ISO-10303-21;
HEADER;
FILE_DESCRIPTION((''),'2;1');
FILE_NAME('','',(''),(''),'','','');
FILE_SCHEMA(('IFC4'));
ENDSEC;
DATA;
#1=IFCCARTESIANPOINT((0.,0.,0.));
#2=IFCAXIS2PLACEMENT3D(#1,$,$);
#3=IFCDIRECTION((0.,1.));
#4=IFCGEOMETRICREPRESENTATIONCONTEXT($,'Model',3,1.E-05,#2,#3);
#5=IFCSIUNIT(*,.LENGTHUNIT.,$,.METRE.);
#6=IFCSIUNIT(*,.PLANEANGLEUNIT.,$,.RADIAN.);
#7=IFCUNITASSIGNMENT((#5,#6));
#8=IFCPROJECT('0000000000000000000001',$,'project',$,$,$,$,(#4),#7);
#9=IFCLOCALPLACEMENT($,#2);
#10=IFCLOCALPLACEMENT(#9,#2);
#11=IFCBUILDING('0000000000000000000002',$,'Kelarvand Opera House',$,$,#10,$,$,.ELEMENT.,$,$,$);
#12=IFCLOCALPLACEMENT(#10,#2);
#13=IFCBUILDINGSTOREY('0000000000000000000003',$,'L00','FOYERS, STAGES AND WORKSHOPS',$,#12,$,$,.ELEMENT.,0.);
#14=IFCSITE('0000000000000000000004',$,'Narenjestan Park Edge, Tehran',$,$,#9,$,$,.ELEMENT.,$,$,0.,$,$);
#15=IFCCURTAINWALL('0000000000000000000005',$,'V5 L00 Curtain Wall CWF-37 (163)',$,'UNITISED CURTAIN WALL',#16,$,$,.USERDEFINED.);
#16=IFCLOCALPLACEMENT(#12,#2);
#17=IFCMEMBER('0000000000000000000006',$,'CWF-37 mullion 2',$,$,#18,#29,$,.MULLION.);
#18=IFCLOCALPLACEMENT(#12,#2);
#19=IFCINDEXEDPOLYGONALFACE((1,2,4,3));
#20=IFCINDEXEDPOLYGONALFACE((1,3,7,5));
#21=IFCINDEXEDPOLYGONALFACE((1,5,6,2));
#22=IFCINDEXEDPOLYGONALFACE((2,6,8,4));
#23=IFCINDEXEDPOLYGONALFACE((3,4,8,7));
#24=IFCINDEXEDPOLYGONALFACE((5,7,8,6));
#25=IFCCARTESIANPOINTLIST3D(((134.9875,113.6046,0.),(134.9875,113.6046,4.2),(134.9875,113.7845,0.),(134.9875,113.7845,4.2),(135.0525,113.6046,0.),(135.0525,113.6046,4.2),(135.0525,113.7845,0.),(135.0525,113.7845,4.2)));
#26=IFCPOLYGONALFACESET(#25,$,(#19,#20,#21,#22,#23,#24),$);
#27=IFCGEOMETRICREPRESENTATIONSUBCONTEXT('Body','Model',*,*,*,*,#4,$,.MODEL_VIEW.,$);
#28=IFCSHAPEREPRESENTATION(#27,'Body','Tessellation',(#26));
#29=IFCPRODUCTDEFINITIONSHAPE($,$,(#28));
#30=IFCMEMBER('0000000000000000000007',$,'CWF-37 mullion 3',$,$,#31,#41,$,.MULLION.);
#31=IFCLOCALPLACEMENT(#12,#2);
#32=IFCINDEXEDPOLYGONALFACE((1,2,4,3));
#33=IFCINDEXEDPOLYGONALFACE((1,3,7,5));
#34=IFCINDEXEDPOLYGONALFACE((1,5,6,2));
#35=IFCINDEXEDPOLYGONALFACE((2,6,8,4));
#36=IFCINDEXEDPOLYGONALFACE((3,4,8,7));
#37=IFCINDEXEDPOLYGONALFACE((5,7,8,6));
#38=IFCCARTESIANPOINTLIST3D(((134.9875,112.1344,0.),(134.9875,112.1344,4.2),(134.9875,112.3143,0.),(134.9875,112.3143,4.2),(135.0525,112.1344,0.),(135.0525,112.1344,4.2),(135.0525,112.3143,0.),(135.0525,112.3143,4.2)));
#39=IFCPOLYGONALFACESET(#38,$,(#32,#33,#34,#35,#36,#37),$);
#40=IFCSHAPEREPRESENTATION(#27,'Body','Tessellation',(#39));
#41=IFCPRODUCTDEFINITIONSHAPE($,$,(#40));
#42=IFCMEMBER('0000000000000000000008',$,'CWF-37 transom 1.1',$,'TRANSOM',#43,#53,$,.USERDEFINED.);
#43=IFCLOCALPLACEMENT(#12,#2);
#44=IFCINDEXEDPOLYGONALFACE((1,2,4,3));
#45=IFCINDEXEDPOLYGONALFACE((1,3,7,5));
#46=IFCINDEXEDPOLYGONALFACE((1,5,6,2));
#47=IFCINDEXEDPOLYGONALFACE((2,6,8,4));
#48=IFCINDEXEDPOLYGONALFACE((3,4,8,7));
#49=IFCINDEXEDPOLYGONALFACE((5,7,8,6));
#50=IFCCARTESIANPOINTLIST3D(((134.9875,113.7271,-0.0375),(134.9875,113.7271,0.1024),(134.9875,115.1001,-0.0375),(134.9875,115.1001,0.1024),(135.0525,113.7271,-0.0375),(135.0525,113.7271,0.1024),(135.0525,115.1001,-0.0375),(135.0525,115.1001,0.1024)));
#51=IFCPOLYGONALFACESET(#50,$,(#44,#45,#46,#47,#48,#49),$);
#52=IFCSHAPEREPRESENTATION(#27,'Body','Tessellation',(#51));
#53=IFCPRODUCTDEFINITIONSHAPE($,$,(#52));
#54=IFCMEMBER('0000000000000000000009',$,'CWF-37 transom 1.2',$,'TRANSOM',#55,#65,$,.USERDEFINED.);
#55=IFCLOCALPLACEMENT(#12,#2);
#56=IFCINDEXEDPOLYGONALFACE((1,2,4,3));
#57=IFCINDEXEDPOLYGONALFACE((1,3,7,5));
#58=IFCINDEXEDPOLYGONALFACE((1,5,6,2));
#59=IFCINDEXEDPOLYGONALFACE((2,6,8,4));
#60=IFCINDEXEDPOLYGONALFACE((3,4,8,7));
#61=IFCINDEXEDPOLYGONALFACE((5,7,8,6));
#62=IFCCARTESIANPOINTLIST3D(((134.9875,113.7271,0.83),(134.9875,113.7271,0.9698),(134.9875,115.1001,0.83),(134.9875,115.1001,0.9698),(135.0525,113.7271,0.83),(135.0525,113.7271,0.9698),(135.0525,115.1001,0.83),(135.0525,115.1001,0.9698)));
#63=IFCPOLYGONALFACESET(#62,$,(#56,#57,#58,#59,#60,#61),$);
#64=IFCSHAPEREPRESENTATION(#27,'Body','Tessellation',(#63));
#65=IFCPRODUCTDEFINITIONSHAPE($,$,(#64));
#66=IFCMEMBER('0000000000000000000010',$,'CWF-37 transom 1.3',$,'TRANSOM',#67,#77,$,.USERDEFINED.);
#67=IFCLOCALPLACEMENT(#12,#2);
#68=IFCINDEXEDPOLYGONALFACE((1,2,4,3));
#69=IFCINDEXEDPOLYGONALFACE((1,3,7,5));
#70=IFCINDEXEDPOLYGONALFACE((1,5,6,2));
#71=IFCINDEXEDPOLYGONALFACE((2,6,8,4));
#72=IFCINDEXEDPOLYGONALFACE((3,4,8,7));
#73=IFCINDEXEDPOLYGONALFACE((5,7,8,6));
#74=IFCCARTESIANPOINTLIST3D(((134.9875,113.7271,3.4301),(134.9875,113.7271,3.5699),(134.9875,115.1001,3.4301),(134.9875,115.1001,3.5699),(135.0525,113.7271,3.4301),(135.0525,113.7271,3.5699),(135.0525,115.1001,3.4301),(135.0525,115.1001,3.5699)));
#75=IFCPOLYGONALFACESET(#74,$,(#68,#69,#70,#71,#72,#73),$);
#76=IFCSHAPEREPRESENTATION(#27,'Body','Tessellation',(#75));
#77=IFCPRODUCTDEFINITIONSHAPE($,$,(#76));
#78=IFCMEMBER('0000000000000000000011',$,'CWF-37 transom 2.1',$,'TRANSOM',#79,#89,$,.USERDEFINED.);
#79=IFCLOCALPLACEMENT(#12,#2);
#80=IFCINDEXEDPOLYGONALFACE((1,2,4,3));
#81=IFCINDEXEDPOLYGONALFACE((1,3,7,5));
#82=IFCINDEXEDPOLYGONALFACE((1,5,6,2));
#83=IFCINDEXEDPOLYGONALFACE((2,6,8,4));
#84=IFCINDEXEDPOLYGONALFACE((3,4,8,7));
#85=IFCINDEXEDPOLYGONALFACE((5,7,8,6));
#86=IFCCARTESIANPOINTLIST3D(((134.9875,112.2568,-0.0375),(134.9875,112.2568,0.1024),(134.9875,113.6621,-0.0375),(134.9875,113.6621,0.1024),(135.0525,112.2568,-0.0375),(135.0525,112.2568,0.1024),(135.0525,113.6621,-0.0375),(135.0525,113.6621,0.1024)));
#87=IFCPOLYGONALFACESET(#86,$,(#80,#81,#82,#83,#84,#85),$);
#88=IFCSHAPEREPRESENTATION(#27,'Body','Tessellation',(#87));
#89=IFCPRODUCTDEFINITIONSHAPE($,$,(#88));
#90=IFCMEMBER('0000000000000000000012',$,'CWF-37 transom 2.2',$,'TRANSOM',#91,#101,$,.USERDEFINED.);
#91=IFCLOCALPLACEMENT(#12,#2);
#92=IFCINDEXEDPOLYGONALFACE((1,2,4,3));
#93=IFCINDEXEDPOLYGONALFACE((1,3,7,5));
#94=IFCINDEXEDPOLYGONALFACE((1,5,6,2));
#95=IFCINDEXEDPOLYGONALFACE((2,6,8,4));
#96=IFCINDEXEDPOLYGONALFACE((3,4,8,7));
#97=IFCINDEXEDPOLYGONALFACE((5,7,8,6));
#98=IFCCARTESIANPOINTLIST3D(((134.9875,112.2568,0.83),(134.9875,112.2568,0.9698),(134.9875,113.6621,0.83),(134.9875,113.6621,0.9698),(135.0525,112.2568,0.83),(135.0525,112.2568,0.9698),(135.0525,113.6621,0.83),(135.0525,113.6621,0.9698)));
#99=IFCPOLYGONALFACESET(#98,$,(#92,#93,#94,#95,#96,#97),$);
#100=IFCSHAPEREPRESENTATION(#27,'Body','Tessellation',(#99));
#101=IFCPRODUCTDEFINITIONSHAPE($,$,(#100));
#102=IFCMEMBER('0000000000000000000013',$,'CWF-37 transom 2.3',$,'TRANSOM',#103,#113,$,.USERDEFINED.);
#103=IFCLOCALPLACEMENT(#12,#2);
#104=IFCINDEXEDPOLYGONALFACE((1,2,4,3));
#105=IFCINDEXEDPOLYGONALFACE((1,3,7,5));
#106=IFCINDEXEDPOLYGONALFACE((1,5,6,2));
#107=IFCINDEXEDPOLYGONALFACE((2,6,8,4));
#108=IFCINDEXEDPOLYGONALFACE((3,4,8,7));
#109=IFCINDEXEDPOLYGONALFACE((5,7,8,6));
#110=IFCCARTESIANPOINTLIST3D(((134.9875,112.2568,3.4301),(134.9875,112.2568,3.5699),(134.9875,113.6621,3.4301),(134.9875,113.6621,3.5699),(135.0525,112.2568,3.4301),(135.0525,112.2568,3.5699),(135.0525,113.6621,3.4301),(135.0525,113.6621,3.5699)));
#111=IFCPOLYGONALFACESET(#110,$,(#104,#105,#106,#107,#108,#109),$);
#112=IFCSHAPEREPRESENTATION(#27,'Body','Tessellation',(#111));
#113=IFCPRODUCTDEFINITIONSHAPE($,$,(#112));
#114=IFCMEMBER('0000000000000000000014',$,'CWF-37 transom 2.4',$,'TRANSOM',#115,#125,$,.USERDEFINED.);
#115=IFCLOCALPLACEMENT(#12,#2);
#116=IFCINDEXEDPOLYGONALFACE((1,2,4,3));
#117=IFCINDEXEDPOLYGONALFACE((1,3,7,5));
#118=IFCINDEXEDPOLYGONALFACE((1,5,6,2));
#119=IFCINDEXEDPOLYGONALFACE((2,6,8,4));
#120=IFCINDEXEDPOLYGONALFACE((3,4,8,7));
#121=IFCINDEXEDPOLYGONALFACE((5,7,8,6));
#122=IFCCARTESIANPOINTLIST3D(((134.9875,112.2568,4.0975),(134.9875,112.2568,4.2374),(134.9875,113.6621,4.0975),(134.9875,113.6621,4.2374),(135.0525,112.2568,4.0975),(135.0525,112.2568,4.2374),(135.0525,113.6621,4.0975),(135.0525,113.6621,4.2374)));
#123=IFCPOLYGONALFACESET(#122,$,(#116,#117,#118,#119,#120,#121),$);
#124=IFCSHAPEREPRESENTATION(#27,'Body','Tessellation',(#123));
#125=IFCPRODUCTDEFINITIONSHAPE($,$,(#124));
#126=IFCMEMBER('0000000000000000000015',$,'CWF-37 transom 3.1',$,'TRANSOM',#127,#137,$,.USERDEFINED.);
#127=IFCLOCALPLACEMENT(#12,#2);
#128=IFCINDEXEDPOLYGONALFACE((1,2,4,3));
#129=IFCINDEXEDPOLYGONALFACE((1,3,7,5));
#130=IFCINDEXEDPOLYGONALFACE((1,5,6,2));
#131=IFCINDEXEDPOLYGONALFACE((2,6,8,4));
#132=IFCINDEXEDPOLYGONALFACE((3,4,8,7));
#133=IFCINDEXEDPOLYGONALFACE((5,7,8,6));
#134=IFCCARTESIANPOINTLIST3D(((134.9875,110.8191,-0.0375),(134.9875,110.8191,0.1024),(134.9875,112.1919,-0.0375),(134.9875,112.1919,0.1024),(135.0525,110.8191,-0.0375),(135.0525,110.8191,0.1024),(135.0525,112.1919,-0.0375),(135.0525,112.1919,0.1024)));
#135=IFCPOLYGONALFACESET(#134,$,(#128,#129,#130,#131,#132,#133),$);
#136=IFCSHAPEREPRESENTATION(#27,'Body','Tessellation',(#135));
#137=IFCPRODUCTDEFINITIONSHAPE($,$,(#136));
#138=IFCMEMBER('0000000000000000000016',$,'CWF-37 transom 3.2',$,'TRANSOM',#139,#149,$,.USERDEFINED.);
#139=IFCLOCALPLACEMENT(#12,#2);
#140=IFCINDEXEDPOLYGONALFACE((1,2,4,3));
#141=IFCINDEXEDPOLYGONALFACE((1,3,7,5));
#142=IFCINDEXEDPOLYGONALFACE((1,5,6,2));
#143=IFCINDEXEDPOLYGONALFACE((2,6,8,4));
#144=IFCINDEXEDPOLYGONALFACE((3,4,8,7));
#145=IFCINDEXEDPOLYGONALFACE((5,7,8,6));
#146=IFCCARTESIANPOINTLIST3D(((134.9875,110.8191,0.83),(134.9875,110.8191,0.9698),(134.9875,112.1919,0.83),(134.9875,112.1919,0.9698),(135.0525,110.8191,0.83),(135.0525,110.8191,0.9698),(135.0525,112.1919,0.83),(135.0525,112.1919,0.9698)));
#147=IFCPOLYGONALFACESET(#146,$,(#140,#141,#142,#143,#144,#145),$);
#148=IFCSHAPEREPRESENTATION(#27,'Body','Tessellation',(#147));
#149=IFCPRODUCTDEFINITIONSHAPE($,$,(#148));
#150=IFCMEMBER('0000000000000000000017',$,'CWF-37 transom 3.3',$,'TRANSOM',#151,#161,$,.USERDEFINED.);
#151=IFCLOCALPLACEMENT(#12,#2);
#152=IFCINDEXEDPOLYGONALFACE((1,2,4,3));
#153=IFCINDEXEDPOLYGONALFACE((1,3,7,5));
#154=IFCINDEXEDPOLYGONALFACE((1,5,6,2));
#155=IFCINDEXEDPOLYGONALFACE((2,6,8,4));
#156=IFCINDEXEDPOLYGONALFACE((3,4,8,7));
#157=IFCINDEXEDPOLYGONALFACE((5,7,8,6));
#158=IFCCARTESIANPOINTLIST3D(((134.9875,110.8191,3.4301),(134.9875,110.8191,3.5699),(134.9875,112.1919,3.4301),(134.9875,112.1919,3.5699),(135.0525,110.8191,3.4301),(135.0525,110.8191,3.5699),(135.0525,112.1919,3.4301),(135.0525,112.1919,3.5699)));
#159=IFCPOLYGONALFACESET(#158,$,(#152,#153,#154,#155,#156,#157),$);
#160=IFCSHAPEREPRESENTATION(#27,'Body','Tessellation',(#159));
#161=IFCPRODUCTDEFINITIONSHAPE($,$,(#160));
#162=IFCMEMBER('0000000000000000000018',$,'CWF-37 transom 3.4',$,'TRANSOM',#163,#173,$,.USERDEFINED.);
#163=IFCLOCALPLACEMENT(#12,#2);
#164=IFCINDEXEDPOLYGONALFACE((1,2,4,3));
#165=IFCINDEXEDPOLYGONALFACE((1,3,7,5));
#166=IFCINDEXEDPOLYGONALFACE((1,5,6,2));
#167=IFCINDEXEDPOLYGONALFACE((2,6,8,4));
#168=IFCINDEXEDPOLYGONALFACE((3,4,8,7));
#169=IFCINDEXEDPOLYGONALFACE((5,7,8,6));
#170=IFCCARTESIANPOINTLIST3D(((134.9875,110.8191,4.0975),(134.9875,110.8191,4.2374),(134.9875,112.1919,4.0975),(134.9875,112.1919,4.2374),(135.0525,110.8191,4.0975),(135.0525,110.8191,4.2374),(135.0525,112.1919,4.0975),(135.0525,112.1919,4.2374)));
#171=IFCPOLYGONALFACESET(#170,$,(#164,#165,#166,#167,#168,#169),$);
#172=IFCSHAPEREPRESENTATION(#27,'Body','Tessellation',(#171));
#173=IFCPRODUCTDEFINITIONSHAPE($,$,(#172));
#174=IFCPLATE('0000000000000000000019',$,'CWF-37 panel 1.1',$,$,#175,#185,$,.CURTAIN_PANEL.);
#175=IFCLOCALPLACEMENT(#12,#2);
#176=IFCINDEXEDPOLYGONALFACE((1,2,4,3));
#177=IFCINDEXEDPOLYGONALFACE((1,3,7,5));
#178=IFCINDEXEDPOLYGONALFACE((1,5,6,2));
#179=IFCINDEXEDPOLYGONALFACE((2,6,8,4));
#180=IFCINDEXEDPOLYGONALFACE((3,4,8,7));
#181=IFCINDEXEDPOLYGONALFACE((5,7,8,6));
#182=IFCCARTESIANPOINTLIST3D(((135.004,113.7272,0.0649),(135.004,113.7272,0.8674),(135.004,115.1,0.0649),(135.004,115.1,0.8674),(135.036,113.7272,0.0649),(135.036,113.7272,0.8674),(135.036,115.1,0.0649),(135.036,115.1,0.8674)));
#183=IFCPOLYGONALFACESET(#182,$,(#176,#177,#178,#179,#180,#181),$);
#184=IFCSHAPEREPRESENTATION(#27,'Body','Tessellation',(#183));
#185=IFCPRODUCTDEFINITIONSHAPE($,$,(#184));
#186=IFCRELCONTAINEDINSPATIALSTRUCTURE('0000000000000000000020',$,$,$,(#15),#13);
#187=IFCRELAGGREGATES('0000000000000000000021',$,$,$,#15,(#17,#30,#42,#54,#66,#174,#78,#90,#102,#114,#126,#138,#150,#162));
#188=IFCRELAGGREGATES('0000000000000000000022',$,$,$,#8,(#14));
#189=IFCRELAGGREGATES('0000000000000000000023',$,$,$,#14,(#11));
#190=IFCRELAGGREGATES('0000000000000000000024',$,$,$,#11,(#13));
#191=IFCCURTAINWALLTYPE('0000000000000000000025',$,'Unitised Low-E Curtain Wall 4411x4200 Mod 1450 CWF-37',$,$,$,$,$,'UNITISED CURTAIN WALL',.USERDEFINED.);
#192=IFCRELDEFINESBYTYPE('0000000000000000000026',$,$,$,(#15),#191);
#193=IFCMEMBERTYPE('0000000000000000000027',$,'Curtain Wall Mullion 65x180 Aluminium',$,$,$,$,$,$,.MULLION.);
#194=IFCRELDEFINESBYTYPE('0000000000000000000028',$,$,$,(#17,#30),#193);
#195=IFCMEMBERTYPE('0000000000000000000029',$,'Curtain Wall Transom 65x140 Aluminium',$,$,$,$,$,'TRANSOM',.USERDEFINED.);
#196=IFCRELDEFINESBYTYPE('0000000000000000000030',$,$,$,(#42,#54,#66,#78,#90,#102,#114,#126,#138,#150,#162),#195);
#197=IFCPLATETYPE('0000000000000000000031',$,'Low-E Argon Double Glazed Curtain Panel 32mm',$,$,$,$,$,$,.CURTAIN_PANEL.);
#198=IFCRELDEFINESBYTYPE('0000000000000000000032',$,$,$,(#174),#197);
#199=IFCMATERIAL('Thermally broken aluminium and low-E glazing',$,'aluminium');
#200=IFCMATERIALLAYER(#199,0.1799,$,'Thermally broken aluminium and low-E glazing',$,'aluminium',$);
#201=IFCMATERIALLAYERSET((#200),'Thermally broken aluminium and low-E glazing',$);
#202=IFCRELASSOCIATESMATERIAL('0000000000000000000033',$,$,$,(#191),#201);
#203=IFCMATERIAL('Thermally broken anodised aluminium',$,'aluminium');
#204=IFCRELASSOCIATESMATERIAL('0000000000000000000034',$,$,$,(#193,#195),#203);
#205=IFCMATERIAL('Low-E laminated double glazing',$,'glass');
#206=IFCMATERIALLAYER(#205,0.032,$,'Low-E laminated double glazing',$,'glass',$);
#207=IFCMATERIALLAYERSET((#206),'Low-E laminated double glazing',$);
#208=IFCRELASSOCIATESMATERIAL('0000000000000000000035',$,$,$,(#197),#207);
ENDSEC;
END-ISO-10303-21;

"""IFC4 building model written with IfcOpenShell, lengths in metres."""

from ifc_helpers import new_model, si_unit, direction, frame, origin, origin_2d, place, context, subcontext, project, spatial, rectangle, extrude, material, layer, layer_set, material_profile, profile_set, type_object, element, aggregate, save


model = new_model("IFC4")

# Units and contexts
model_context = context("Model", 3, precision=1e-05, world=origin(), true_north=direction((0.0, 1.0)))
body_context = subcontext(model_context, "Body", "Model", "MODEL_VIEW")
ifc_project = project(units=[si_unit("LENGTHUNIT", "METRE"), si_unit("PLANEANGLEUNIT", "RADIAN")], contexts=[model_context])

# Site, building, storey
site_placement = place(None, origin())
site = spatial("IfcSite", under=ifc_project, at=site_placement, Name="Narenjestan Park Edge, Tehran", CompositionType="ELEMENT", RefElevation=0.0)
building_placement = place(site_placement, origin())
building = spatial("IfcBuilding", under=site, at=building_placement, Name="Kelarvand Opera House", CompositionType="ELEMENT")
storey_placement = place(building_placement, origin())
storey = spatial("IfcBuildingStorey", under=building, at=storey_placement, Name="L00", Description="FOYERS, STAGES AND WORKSHOPS", CompositionType="ELEMENT", Elevation=0.0)

# Curtain wall, members, plate
ifc_material_1 = material(Name="Thermally broken aluminium and low-E glazing", Category="aluminium")
ifc_layer_1 = layer(ifc_material_1, 0.1799, Name="Thermally broken aluminium and low-E glazing", Category="aluminium")
ifc_layer_set_1 = layer_set([ifc_layer_1], Name="Thermally broken aluminium and low-E glazing")
curtain_wall_type = type_object("IfcCurtainWallType", Name="Unitised Low-E Curtain Wall 4411x4200 Mod 1450 CWF-37", ElementType="UNITISED CURTAIN WALL", PredefinedType="USERDEFINED", material=ifc_layer_set_1)
curtain_wall_placement = place(storey_placement, origin())
curtain_wall = element("IfcCurtainWall", 1, at=curtain_wall_placement, inside=storey, type_object=curtain_wall_type, Name="V5 L00 Curtain Wall CWF-37 (163)", ObjectType="UNITISED CURTAIN WALL", PredefinedType="USERDEFINED")
ifc_material_2 = material(Name="Thermally broken anodised aluminium", Category="aluminium")
ifc_material_profile_1 = material_profile(ifc_material_2, rectangle(XDim=0.0649, YDim=0.1799, at=origin_2d()), Name="ALU MULLION 65x180", Category="aluminium")
ifc_profile_set_1 = profile_set([ifc_material_profile_1], Name="Thermally broken anodised aluminium")
member_type_1 = type_object("IfcMemberType", Name="Curtain Wall Mullion 65x180 Aluminium", PredefinedType="MULLION", material=ifc_profile_set_1)
member_1_placement = place(storey_placement, frame((135.02, 113.6946, 0.0), z_axis=(0.0, 0.0, 1.0), x_axis=(1.0, 0.0, 0.0)))
member_1 = element("IfcMember", 2, at=member_1_placement, type_object=member_type_1, Name="CWF-37 mullion 2", PredefinedType="MULLION", context=body_context, shape_type="SweptSolid", body=[
    extrude(rectangle(XDim=0.0649, YDim=0.1799, at=origin_2d()), origin(), (0.0, 0.0, 1.0), 4.2),
])
member_2_placement = place(storey_placement, frame((135.02, 112.2244, 0.0), z_axis=(0.0, 0.0, 1.0), x_axis=(1.0, 0.0, 0.0)))
member_2 = element("IfcMember", 3, at=member_2_placement, type_object=member_type_1, Name="CWF-37 mullion 3", PredefinedType="MULLION", context=body_context, shape_type="SweptSolid", body=[
    extrude(rectangle(XDim=0.0649, YDim=0.1799, at=origin_2d()), origin(), (0.0, 0.0, 1.0), 4.2),
])
ifc_material_profile_2 = material_profile(ifc_material_2, rectangle(XDim=0.0649, YDim=0.1399, at=origin_2d()), Name="ALU TRANSOM 65x140", Category="aluminium")
ifc_profile_set_2 = profile_set([ifc_material_profile_2], Name="Thermally broken anodised aluminium")
member_type_2 = type_object("IfcMemberType", Name="Curtain Wall Transom 65x140 Aluminium", ElementType="TRANSOM", PredefinedType="USERDEFINED", material=ifc_profile_set_2)
member_3_placement = place(storey_placement, frame((135.02, 115.1001, 0.0325), z_axis=(0.0, -1.0, 0.0), x_axis=(1.0, 0.0, 0.0)))
member_3 = element("IfcMember", 4, at=member_3_placement, type_object=member_type_2, Name="CWF-37 transom 1.1", ObjectType="TRANSOM", PredefinedType="USERDEFINED", context=body_context, shape_type="SweptSolid", body=[
    extrude(rectangle(XDim=0.0649, YDim=0.1399, at=origin_2d()), origin(), (0.0, 0.0, 1.0), 1.373),
])
member_4_placement = place(storey_placement, frame((135.02, 115.1001, 0.8999), z_axis=(0.0, -1.0, 0.0), x_axis=(1.0, 0.0, 0.0)))
member_4 = element("IfcMember", 5, at=member_4_placement, type_object=member_type_2, Name="CWF-37 transom 1.2", ObjectType="TRANSOM", PredefinedType="USERDEFINED", context=body_context, shape_type="SweptSolid", body=[
    extrude(rectangle(XDim=0.0649, YDim=0.1399, at=origin_2d()), origin(), (0.0, 0.0, 1.0), 1.373),
])
member_5_placement = place(storey_placement, frame((135.02, 115.1001, 3.5), z_axis=(0.0, -1.0, 0.0), x_axis=(1.0, 0.0, 0.0)))
member_5 = element("IfcMember", 6, at=member_5_placement, type_object=member_type_2, Name="CWF-37 transom 1.3", ObjectType="TRANSOM", PredefinedType="USERDEFINED", context=body_context, shape_type="SweptSolid", body=[
    extrude(rectangle(XDim=0.0649, YDim=0.1399, at=origin_2d()), origin(), (0.0, 0.0, 1.0), 1.373),
])
member_6_placement = place(storey_placement, frame((135.02, 113.6621, 0.0325), z_axis=(0.0, -1.0, 0.0), x_axis=(1.0, 0.0, 0.0)))
member_6 = element("IfcMember", 7, at=member_6_placement, type_object=member_type_2, Name="CWF-37 transom 2.1", ObjectType="TRANSOM", PredefinedType="USERDEFINED", context=body_context, shape_type="SweptSolid", body=[
    extrude(rectangle(XDim=0.0649, YDim=0.1399, at=origin_2d()), origin(), (0.0, 0.0, 1.0), 1.4053),
])
member_7_placement = place(storey_placement, frame((135.02, 113.6621, 0.8999), z_axis=(0.0, -1.0, 0.0), x_axis=(1.0, 0.0, 0.0)))
member_7 = element("IfcMember", 8, at=member_7_placement, type_object=member_type_2, Name="CWF-37 transom 2.2", ObjectType="TRANSOM", PredefinedType="USERDEFINED", context=body_context, shape_type="SweptSolid", body=[
    extrude(rectangle(XDim=0.0649, YDim=0.1399, at=origin_2d()), origin(), (0.0, 0.0, 1.0), 1.4053),
])
member_8_placement = place(storey_placement, frame((135.02, 113.6621, 3.5), z_axis=(0.0, -1.0, 0.0), x_axis=(1.0, 0.0, 0.0)))
member_8 = element("IfcMember", 9, at=member_8_placement, type_object=member_type_2, Name="CWF-37 transom 2.3", ObjectType="TRANSOM", PredefinedType="USERDEFINED", context=body_context, shape_type="SweptSolid", body=[
    extrude(rectangle(XDim=0.0649, YDim=0.1399, at=origin_2d()), origin(), (0.0, 0.0, 1.0), 1.4053),
])
member_9_placement = place(storey_placement, frame((135.02, 113.6621, 4.1675), z_axis=(0.0, -1.0, 0.0), x_axis=(1.0, 0.0, 0.0)))
member_9 = element("IfcMember", 10, at=member_9_placement, type_object=member_type_2, Name="CWF-37 transom 2.4", ObjectType="TRANSOM", PredefinedType="USERDEFINED", context=body_context, shape_type="SweptSolid", body=[
    extrude(rectangle(XDim=0.0649, YDim=0.1399, at=origin_2d()), origin(), (0.0, 0.0, 1.0), 1.4053),
])
member_10_placement = place(storey_placement, frame((135.02, 112.1919, 0.0325), z_axis=(0.0, -1.0, 0.0), x_axis=(1.0, 0.0, 0.0)))
member_10 = element("IfcMember", 11, at=member_10_placement, type_object=member_type_2, Name="CWF-37 transom 3.1", ObjectType="TRANSOM", PredefinedType="USERDEFINED", context=body_context, shape_type="SweptSolid", body=[
    extrude(rectangle(XDim=0.0649, YDim=0.1399, at=origin_2d()), origin(), (0.0, 0.0, 1.0), 1.3728),
])
member_11_placement = place(storey_placement, frame((135.02, 112.1919, 0.8999), z_axis=(0.0, -1.0, 0.0), x_axis=(1.0, 0.0, 0.0)))
member_11 = element("IfcMember", 12, at=member_11_placement, type_object=member_type_2, Name="CWF-37 transom 3.2", ObjectType="TRANSOM", PredefinedType="USERDEFINED", context=body_context, shape_type="SweptSolid", body=[
    extrude(rectangle(XDim=0.0649, YDim=0.1399, at=origin_2d()), origin(), (0.0, 0.0, 1.0), 1.3728),
])
member_12_placement = place(storey_placement, frame((135.02, 112.1919, 3.5), z_axis=(0.0, -1.0, 0.0), x_axis=(1.0, 0.0, 0.0)))
member_12 = element("IfcMember", 13, at=member_12_placement, type_object=member_type_2, Name="CWF-37 transom 3.3", ObjectType="TRANSOM", PredefinedType="USERDEFINED", context=body_context, shape_type="SweptSolid", body=[
    extrude(rectangle(XDim=0.0649, YDim=0.1399, at=origin_2d()), origin(), (0.0, 0.0, 1.0), 1.3728),
])
member_13_placement = place(storey_placement, frame((135.02, 112.1919, 4.1675), z_axis=(0.0, -1.0, 0.0), x_axis=(1.0, 0.0, 0.0)))
member_13 = element("IfcMember", 14, at=member_13_placement, type_object=member_type_2, Name="CWF-37 transom 3.4", ObjectType="TRANSOM", PredefinedType="USERDEFINED", context=body_context, shape_type="SweptSolid", body=[
    extrude(rectangle(XDim=0.0649, YDim=0.1399, at=origin_2d()), origin(), (0.0, 0.0, 1.0), 1.3728),
])
ifc_material_3 = material(Name="Low-E laminated double glazing", Category="glass")
ifc_layer_2 = layer(ifc_material_3, 0.032, Name="Low-E laminated double glazing", Category="glass")
ifc_layer_set_2 = layer_set([ifc_layer_2], Name="Low-E laminated double glazing")
plate_type = type_object("IfcPlateType", Name="Low-E Argon Double Glazed Curtain Panel 32mm", PredefinedType="CURTAIN_PANEL", material=ifc_layer_set_2)
plate_1_placement = place(storey_placement, frame((135.02, 114.4136, 0.0649), z_axis=(0.0, 0.0, 1.0), x_axis=(0.0, -1.0, 0.0)))
plate_1 = element("IfcPlate", 15, at=plate_1_placement, type_object=plate_type, Name="CWF-37 panel 1.1", PredefinedType="CURTAIN_PANEL", context=body_context, shape_type="SweptSolid", body=[
    extrude(rectangle(XDim=1.3728, YDim=0.032, at=origin_2d()), origin(), (0.0, 0.0, 1.0), 0.8025),
])
aggregate(curtain_wall, [member_1, member_2, member_3, member_4, member_5, plate_1, member_6, member_7, member_8, member_9, member_10, member_11, member_12, member_13])

save(model, "model.ifc")
